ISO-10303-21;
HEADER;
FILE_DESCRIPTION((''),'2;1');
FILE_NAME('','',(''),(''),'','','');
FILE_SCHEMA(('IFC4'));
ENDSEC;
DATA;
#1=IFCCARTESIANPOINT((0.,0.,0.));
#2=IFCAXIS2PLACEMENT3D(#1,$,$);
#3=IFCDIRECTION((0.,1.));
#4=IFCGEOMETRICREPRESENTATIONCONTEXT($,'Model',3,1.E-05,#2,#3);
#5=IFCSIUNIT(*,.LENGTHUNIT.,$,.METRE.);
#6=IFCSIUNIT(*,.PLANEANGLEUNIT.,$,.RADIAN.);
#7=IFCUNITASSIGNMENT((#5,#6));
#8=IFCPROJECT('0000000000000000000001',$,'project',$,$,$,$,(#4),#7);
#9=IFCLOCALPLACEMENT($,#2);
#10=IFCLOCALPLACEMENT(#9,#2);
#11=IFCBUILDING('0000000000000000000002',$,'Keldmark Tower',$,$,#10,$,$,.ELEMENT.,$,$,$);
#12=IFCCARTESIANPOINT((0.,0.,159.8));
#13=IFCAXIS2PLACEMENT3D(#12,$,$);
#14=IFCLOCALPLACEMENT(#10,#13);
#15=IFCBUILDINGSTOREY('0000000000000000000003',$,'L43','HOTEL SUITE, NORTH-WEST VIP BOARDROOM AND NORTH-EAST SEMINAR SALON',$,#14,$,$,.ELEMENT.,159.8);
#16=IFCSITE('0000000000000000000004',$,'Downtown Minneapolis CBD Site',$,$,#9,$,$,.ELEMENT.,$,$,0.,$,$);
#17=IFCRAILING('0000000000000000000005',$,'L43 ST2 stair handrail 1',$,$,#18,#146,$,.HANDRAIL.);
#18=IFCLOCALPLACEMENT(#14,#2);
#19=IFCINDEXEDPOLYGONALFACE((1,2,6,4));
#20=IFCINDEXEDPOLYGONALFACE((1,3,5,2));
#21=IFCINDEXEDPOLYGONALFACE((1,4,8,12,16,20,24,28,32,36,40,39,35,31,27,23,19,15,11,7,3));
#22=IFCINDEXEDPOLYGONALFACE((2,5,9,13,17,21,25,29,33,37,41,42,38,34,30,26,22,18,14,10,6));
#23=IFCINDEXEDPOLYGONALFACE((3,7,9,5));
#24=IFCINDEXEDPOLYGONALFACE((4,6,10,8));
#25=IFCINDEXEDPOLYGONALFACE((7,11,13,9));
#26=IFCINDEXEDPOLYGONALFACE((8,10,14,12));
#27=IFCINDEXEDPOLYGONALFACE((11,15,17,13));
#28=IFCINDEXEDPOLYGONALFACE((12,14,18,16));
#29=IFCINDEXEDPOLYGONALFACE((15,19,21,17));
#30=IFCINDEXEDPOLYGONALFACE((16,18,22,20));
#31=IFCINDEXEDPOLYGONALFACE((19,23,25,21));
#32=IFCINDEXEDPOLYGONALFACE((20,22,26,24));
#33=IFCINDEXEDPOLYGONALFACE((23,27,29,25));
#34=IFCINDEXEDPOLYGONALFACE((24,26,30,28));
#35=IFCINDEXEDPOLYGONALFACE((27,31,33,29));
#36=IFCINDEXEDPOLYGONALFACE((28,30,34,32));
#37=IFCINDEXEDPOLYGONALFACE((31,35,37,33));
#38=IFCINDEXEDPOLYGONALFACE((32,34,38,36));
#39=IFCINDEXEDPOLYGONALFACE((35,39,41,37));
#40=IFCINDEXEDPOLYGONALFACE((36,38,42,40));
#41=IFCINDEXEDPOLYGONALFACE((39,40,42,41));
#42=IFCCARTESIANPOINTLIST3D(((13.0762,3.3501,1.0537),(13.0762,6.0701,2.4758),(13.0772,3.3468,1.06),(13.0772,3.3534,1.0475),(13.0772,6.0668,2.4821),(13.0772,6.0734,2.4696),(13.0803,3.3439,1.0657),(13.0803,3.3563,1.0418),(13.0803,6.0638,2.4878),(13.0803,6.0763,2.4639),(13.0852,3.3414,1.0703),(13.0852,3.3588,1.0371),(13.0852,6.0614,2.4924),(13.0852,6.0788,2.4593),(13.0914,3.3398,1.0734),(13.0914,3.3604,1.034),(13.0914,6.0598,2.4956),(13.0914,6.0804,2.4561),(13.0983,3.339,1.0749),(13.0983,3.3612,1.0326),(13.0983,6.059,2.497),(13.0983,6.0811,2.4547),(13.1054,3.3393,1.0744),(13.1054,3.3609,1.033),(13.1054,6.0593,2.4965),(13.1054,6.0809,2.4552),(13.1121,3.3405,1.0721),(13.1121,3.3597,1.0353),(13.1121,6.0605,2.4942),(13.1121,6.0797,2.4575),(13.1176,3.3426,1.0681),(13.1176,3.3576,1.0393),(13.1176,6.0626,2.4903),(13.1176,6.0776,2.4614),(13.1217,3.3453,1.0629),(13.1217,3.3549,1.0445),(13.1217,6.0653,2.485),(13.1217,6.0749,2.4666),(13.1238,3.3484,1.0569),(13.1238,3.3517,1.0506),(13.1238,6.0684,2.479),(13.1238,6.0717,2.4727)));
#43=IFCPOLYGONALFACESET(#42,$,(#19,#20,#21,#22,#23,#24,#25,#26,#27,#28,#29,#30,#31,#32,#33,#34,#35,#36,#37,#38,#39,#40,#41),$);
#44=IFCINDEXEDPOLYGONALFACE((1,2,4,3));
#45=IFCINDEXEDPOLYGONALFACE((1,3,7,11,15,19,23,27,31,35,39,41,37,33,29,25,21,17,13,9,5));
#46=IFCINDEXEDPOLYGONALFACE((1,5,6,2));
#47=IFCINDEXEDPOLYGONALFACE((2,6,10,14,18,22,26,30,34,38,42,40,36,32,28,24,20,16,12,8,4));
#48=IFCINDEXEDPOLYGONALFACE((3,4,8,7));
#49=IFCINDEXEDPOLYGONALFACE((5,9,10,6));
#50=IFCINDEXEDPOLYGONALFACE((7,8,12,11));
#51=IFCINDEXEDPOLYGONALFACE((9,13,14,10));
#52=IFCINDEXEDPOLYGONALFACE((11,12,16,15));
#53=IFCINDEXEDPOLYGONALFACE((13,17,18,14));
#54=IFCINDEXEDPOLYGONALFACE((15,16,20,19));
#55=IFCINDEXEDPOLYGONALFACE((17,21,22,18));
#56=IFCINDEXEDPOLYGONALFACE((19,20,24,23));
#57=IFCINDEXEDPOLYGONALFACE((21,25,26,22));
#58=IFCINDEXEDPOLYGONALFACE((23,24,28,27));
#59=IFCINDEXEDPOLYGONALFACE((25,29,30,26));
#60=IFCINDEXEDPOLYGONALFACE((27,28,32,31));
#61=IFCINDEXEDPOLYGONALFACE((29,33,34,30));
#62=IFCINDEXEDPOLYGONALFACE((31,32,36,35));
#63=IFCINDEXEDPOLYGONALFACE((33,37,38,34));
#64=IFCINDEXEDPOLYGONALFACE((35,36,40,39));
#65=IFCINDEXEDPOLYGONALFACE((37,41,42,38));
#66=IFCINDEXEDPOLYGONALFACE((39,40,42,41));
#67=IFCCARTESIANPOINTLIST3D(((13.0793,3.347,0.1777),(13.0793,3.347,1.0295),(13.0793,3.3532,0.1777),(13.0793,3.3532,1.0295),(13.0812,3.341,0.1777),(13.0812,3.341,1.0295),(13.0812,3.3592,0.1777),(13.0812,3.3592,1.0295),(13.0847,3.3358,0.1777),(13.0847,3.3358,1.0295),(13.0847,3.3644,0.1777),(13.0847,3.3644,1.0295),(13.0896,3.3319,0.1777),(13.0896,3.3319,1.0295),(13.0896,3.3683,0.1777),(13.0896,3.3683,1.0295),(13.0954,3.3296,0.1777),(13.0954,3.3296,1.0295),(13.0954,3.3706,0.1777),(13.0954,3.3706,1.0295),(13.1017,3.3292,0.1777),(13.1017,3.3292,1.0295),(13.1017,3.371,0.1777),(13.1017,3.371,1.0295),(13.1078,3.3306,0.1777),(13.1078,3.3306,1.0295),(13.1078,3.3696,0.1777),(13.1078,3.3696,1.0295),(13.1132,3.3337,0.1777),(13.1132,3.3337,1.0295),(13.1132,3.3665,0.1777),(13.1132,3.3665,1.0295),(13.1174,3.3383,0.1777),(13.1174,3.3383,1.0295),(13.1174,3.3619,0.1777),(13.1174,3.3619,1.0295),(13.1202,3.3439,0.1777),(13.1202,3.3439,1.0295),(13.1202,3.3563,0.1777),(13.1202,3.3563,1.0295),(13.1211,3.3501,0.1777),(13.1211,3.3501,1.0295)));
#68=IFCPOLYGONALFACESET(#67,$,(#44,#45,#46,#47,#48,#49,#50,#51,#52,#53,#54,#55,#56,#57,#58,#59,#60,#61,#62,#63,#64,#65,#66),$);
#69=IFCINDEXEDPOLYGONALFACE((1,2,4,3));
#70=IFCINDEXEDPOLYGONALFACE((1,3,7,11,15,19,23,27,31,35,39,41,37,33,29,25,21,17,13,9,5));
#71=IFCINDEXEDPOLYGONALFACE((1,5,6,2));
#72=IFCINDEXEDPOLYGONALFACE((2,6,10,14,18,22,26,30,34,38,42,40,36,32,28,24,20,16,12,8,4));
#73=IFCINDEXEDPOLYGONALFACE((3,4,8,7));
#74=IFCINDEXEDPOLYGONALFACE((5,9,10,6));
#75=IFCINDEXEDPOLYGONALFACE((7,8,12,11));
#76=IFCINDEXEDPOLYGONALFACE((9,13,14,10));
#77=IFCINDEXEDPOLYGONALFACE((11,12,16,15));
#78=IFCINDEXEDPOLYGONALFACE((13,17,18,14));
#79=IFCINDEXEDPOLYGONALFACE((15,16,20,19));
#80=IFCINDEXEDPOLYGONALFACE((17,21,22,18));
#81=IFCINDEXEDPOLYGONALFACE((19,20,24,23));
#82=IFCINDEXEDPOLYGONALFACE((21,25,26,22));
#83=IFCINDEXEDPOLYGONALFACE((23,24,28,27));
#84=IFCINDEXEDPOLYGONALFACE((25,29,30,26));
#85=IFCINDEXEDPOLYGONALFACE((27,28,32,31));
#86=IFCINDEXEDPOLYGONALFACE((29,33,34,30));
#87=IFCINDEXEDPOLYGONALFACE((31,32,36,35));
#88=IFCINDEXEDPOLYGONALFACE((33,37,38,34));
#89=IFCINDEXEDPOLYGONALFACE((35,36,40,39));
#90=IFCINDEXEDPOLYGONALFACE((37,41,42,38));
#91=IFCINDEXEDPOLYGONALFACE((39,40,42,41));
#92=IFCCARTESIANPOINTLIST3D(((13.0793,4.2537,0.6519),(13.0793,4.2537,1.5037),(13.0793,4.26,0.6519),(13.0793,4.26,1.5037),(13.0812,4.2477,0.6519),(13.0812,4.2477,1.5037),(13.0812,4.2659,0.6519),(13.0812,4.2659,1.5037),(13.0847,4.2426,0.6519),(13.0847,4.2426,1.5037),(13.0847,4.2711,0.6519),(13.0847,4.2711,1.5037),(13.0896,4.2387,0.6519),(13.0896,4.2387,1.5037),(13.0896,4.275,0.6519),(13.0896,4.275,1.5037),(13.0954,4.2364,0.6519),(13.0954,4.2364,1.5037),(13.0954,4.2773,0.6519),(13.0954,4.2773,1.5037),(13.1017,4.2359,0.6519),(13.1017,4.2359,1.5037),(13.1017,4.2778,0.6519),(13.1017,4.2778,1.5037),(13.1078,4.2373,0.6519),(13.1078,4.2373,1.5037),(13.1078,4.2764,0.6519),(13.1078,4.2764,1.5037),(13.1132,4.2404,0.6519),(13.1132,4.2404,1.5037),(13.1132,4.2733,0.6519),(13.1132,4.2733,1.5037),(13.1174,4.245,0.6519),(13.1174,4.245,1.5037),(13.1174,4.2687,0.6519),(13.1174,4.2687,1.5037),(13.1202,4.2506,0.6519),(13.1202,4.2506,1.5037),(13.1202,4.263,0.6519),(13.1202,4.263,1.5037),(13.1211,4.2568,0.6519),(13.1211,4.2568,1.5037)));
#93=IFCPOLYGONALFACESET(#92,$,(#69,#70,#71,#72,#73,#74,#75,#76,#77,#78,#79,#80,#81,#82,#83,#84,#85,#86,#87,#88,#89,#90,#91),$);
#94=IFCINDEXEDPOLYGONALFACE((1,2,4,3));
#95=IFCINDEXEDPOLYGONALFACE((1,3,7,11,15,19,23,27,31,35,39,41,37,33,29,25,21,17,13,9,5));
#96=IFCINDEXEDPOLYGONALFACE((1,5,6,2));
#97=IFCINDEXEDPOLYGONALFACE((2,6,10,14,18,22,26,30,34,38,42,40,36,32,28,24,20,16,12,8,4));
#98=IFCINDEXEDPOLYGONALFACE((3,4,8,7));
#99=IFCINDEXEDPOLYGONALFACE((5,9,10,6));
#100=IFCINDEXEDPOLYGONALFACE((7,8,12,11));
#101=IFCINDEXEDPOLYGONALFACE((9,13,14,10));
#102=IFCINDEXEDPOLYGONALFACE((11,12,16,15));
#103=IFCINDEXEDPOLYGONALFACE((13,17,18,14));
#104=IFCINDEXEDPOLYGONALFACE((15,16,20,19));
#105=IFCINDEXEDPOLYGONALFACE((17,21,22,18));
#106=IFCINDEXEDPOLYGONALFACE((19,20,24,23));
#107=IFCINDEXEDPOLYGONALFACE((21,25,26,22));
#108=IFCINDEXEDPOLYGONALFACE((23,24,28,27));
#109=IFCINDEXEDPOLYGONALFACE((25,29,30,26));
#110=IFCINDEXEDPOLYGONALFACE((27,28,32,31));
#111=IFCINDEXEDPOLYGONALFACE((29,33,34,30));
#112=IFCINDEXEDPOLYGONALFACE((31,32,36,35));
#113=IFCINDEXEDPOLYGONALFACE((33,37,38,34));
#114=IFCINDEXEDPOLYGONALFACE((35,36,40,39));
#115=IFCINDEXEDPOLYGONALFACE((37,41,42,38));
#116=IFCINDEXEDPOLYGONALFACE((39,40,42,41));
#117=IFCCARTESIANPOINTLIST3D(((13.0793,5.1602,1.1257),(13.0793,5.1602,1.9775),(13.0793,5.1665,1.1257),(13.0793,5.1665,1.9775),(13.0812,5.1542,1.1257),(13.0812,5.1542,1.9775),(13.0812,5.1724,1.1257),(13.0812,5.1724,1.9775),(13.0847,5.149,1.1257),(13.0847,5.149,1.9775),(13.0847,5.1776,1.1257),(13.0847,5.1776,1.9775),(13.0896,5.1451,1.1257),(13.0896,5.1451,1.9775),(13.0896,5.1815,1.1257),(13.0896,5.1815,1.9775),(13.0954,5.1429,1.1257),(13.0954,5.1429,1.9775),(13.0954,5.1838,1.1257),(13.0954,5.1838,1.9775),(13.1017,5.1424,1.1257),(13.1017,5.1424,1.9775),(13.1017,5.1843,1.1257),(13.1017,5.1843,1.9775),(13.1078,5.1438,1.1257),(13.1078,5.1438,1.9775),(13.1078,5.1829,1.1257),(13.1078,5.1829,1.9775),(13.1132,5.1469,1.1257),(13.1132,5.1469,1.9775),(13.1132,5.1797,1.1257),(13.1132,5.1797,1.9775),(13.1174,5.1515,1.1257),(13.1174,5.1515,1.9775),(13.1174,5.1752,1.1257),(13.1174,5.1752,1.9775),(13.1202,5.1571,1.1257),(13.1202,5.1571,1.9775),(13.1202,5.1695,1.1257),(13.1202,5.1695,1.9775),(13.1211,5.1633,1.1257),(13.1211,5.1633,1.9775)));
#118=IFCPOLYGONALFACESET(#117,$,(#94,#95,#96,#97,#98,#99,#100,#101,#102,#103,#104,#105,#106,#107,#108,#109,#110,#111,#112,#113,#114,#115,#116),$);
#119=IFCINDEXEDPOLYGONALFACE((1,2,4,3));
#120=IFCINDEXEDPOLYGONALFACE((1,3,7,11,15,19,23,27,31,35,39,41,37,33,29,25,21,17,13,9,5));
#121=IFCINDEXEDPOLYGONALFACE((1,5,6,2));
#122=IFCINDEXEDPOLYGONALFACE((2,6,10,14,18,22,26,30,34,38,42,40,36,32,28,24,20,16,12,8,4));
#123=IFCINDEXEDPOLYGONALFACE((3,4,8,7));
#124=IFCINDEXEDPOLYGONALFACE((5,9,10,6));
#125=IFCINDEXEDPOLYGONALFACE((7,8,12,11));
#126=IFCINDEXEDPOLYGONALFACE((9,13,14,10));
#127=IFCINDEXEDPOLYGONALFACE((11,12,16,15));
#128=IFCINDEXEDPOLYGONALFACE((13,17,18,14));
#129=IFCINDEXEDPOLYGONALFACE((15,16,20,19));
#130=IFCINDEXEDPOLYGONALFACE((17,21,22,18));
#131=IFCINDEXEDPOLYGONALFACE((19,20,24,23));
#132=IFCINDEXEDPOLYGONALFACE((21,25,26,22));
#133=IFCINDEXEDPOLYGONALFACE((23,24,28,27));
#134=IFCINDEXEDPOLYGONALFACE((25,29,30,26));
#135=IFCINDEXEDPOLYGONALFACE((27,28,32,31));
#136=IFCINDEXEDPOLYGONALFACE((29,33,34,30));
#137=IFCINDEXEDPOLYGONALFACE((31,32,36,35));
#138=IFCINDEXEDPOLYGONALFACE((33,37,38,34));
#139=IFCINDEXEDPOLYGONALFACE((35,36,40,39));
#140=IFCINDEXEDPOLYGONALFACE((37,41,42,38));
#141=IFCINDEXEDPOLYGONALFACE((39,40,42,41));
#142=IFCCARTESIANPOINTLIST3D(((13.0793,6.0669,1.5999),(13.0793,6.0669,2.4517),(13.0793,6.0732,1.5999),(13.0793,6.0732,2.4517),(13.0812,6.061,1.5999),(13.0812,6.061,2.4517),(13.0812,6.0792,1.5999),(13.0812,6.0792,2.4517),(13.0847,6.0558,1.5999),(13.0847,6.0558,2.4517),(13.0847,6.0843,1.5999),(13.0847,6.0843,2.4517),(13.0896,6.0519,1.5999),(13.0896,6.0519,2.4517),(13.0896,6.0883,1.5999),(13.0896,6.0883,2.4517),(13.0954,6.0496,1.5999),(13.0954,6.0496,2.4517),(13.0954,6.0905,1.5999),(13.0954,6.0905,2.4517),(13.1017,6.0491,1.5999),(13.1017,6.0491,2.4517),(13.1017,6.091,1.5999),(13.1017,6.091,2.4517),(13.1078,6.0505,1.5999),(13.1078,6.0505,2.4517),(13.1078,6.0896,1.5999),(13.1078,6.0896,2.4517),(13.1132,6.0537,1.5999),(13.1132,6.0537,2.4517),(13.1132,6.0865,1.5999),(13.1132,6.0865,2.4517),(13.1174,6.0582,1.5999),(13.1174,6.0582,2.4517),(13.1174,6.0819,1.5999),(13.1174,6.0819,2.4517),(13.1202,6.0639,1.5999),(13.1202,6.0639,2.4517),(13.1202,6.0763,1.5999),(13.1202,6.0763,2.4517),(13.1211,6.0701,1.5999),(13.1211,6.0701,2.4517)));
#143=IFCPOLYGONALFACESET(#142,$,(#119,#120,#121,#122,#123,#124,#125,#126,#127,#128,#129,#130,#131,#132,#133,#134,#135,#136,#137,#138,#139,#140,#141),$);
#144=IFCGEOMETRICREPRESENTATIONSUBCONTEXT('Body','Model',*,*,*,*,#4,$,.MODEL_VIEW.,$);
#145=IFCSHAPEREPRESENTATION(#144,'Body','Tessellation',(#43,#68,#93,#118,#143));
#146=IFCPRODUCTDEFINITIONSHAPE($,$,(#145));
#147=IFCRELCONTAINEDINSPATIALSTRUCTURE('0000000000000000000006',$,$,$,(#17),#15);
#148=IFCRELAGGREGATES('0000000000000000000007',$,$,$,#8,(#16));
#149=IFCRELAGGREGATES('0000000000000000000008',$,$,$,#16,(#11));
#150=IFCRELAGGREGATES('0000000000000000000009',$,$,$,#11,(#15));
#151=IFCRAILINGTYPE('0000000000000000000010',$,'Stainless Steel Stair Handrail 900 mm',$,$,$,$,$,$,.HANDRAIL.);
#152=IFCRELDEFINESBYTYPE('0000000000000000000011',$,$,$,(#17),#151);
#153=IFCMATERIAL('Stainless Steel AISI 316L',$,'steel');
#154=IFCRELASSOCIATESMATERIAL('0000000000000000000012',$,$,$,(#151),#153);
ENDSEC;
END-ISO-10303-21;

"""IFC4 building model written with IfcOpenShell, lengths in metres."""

from ifc_helpers import new_model, si_unit, direction, frame, origin, origin_2d, place, context, subcontext, project, spatial, circle, extrude, material, type_object, element, save


model = new_model("IFC4")

# Units and contexts
model_context = context("Model", 3, precision=1e-05, world=origin(), true_north=direction((0.0, 1.0)))
body_context = subcontext(model_context, "Body", "Model", "MODEL_VIEW")
ifc_project = project(units=[si_unit("LENGTHUNIT", "METRE"), si_unit("PLANEANGLEUNIT", "RADIAN")], contexts=[model_context])

# Site, building, storey
site_placement = place(None, origin())
site = spatial("IfcSite", under=ifc_project, at=site_placement, Name="Downtown Minneapolis CBD Site", CompositionType="ELEMENT", RefElevation=0.0)
building_placement = place(site_placement, origin())
building = spatial("IfcBuilding", under=site, at=building_placement, Name="Keldmark Tower", CompositionType="ELEMENT")
storey_placement = place(building_placement, frame((0.0, 0.0, 159.8)))
storey = spatial("IfcBuildingStorey", under=building, at=storey_placement, Name="L43", Description="HOTEL SUITE, NORTH-WEST VIP BOARDROOM AND NORTH-EAST SEMINAR SALON", CompositionType="ELEMENT", Elevation=159.8)

# Railing
ifc_material_1 = material(Name="Stainless Steel AISI 316L", Category="steel")
railing_type_1 = type_object("IfcRailingType", Name="Stainless Steel Stair Handrail 900 mm", PredefinedType="HANDRAIL", material=ifc_material_1)
railing_1_placement = place(storey_placement, frame((13.1001, 3.3501, 0.1777)))
element("IfcRailing", 1, at=railing_1_placement, inside=storey, type_object=railing_type_1, Name="L43 ST2 stair handrail 1", PredefinedType="HANDRAIL", context=body_context, shape_type="SweptSolid", body=[
    extrude(circle(Radius=0.0239, at=origin_2d()), frame((0.0, 0.0, 0.876), z_axis=(0.0, 0.886183, 0.463335), x_axis=(-1.0, 0.0, 0.0)), (0.0, 0.0, 1.0), 3.0693),
    extrude(circle(Radius=0.021, at=origin_2d()), origin(), (0.0, 0.0, 1.0), 0.8518),
    extrude(circle(Radius=0.021, at=origin_2d()), frame((0.0, 0.9067, 0.4741)), (0.0, 0.0, 1.0), 0.8518),
    extrude(circle(Radius=0.021, at=origin_2d()), frame((0.0, 1.8132, 0.948)), (0.0, 0.0, 1.0), 0.8518),
    extrude(circle(Radius=0.021, at=origin_2d()), frame((0.0, 2.72, 1.4221)), (0.0, 0.0, 1.0), 0.8518),
])

save(model, "model.ifc")
